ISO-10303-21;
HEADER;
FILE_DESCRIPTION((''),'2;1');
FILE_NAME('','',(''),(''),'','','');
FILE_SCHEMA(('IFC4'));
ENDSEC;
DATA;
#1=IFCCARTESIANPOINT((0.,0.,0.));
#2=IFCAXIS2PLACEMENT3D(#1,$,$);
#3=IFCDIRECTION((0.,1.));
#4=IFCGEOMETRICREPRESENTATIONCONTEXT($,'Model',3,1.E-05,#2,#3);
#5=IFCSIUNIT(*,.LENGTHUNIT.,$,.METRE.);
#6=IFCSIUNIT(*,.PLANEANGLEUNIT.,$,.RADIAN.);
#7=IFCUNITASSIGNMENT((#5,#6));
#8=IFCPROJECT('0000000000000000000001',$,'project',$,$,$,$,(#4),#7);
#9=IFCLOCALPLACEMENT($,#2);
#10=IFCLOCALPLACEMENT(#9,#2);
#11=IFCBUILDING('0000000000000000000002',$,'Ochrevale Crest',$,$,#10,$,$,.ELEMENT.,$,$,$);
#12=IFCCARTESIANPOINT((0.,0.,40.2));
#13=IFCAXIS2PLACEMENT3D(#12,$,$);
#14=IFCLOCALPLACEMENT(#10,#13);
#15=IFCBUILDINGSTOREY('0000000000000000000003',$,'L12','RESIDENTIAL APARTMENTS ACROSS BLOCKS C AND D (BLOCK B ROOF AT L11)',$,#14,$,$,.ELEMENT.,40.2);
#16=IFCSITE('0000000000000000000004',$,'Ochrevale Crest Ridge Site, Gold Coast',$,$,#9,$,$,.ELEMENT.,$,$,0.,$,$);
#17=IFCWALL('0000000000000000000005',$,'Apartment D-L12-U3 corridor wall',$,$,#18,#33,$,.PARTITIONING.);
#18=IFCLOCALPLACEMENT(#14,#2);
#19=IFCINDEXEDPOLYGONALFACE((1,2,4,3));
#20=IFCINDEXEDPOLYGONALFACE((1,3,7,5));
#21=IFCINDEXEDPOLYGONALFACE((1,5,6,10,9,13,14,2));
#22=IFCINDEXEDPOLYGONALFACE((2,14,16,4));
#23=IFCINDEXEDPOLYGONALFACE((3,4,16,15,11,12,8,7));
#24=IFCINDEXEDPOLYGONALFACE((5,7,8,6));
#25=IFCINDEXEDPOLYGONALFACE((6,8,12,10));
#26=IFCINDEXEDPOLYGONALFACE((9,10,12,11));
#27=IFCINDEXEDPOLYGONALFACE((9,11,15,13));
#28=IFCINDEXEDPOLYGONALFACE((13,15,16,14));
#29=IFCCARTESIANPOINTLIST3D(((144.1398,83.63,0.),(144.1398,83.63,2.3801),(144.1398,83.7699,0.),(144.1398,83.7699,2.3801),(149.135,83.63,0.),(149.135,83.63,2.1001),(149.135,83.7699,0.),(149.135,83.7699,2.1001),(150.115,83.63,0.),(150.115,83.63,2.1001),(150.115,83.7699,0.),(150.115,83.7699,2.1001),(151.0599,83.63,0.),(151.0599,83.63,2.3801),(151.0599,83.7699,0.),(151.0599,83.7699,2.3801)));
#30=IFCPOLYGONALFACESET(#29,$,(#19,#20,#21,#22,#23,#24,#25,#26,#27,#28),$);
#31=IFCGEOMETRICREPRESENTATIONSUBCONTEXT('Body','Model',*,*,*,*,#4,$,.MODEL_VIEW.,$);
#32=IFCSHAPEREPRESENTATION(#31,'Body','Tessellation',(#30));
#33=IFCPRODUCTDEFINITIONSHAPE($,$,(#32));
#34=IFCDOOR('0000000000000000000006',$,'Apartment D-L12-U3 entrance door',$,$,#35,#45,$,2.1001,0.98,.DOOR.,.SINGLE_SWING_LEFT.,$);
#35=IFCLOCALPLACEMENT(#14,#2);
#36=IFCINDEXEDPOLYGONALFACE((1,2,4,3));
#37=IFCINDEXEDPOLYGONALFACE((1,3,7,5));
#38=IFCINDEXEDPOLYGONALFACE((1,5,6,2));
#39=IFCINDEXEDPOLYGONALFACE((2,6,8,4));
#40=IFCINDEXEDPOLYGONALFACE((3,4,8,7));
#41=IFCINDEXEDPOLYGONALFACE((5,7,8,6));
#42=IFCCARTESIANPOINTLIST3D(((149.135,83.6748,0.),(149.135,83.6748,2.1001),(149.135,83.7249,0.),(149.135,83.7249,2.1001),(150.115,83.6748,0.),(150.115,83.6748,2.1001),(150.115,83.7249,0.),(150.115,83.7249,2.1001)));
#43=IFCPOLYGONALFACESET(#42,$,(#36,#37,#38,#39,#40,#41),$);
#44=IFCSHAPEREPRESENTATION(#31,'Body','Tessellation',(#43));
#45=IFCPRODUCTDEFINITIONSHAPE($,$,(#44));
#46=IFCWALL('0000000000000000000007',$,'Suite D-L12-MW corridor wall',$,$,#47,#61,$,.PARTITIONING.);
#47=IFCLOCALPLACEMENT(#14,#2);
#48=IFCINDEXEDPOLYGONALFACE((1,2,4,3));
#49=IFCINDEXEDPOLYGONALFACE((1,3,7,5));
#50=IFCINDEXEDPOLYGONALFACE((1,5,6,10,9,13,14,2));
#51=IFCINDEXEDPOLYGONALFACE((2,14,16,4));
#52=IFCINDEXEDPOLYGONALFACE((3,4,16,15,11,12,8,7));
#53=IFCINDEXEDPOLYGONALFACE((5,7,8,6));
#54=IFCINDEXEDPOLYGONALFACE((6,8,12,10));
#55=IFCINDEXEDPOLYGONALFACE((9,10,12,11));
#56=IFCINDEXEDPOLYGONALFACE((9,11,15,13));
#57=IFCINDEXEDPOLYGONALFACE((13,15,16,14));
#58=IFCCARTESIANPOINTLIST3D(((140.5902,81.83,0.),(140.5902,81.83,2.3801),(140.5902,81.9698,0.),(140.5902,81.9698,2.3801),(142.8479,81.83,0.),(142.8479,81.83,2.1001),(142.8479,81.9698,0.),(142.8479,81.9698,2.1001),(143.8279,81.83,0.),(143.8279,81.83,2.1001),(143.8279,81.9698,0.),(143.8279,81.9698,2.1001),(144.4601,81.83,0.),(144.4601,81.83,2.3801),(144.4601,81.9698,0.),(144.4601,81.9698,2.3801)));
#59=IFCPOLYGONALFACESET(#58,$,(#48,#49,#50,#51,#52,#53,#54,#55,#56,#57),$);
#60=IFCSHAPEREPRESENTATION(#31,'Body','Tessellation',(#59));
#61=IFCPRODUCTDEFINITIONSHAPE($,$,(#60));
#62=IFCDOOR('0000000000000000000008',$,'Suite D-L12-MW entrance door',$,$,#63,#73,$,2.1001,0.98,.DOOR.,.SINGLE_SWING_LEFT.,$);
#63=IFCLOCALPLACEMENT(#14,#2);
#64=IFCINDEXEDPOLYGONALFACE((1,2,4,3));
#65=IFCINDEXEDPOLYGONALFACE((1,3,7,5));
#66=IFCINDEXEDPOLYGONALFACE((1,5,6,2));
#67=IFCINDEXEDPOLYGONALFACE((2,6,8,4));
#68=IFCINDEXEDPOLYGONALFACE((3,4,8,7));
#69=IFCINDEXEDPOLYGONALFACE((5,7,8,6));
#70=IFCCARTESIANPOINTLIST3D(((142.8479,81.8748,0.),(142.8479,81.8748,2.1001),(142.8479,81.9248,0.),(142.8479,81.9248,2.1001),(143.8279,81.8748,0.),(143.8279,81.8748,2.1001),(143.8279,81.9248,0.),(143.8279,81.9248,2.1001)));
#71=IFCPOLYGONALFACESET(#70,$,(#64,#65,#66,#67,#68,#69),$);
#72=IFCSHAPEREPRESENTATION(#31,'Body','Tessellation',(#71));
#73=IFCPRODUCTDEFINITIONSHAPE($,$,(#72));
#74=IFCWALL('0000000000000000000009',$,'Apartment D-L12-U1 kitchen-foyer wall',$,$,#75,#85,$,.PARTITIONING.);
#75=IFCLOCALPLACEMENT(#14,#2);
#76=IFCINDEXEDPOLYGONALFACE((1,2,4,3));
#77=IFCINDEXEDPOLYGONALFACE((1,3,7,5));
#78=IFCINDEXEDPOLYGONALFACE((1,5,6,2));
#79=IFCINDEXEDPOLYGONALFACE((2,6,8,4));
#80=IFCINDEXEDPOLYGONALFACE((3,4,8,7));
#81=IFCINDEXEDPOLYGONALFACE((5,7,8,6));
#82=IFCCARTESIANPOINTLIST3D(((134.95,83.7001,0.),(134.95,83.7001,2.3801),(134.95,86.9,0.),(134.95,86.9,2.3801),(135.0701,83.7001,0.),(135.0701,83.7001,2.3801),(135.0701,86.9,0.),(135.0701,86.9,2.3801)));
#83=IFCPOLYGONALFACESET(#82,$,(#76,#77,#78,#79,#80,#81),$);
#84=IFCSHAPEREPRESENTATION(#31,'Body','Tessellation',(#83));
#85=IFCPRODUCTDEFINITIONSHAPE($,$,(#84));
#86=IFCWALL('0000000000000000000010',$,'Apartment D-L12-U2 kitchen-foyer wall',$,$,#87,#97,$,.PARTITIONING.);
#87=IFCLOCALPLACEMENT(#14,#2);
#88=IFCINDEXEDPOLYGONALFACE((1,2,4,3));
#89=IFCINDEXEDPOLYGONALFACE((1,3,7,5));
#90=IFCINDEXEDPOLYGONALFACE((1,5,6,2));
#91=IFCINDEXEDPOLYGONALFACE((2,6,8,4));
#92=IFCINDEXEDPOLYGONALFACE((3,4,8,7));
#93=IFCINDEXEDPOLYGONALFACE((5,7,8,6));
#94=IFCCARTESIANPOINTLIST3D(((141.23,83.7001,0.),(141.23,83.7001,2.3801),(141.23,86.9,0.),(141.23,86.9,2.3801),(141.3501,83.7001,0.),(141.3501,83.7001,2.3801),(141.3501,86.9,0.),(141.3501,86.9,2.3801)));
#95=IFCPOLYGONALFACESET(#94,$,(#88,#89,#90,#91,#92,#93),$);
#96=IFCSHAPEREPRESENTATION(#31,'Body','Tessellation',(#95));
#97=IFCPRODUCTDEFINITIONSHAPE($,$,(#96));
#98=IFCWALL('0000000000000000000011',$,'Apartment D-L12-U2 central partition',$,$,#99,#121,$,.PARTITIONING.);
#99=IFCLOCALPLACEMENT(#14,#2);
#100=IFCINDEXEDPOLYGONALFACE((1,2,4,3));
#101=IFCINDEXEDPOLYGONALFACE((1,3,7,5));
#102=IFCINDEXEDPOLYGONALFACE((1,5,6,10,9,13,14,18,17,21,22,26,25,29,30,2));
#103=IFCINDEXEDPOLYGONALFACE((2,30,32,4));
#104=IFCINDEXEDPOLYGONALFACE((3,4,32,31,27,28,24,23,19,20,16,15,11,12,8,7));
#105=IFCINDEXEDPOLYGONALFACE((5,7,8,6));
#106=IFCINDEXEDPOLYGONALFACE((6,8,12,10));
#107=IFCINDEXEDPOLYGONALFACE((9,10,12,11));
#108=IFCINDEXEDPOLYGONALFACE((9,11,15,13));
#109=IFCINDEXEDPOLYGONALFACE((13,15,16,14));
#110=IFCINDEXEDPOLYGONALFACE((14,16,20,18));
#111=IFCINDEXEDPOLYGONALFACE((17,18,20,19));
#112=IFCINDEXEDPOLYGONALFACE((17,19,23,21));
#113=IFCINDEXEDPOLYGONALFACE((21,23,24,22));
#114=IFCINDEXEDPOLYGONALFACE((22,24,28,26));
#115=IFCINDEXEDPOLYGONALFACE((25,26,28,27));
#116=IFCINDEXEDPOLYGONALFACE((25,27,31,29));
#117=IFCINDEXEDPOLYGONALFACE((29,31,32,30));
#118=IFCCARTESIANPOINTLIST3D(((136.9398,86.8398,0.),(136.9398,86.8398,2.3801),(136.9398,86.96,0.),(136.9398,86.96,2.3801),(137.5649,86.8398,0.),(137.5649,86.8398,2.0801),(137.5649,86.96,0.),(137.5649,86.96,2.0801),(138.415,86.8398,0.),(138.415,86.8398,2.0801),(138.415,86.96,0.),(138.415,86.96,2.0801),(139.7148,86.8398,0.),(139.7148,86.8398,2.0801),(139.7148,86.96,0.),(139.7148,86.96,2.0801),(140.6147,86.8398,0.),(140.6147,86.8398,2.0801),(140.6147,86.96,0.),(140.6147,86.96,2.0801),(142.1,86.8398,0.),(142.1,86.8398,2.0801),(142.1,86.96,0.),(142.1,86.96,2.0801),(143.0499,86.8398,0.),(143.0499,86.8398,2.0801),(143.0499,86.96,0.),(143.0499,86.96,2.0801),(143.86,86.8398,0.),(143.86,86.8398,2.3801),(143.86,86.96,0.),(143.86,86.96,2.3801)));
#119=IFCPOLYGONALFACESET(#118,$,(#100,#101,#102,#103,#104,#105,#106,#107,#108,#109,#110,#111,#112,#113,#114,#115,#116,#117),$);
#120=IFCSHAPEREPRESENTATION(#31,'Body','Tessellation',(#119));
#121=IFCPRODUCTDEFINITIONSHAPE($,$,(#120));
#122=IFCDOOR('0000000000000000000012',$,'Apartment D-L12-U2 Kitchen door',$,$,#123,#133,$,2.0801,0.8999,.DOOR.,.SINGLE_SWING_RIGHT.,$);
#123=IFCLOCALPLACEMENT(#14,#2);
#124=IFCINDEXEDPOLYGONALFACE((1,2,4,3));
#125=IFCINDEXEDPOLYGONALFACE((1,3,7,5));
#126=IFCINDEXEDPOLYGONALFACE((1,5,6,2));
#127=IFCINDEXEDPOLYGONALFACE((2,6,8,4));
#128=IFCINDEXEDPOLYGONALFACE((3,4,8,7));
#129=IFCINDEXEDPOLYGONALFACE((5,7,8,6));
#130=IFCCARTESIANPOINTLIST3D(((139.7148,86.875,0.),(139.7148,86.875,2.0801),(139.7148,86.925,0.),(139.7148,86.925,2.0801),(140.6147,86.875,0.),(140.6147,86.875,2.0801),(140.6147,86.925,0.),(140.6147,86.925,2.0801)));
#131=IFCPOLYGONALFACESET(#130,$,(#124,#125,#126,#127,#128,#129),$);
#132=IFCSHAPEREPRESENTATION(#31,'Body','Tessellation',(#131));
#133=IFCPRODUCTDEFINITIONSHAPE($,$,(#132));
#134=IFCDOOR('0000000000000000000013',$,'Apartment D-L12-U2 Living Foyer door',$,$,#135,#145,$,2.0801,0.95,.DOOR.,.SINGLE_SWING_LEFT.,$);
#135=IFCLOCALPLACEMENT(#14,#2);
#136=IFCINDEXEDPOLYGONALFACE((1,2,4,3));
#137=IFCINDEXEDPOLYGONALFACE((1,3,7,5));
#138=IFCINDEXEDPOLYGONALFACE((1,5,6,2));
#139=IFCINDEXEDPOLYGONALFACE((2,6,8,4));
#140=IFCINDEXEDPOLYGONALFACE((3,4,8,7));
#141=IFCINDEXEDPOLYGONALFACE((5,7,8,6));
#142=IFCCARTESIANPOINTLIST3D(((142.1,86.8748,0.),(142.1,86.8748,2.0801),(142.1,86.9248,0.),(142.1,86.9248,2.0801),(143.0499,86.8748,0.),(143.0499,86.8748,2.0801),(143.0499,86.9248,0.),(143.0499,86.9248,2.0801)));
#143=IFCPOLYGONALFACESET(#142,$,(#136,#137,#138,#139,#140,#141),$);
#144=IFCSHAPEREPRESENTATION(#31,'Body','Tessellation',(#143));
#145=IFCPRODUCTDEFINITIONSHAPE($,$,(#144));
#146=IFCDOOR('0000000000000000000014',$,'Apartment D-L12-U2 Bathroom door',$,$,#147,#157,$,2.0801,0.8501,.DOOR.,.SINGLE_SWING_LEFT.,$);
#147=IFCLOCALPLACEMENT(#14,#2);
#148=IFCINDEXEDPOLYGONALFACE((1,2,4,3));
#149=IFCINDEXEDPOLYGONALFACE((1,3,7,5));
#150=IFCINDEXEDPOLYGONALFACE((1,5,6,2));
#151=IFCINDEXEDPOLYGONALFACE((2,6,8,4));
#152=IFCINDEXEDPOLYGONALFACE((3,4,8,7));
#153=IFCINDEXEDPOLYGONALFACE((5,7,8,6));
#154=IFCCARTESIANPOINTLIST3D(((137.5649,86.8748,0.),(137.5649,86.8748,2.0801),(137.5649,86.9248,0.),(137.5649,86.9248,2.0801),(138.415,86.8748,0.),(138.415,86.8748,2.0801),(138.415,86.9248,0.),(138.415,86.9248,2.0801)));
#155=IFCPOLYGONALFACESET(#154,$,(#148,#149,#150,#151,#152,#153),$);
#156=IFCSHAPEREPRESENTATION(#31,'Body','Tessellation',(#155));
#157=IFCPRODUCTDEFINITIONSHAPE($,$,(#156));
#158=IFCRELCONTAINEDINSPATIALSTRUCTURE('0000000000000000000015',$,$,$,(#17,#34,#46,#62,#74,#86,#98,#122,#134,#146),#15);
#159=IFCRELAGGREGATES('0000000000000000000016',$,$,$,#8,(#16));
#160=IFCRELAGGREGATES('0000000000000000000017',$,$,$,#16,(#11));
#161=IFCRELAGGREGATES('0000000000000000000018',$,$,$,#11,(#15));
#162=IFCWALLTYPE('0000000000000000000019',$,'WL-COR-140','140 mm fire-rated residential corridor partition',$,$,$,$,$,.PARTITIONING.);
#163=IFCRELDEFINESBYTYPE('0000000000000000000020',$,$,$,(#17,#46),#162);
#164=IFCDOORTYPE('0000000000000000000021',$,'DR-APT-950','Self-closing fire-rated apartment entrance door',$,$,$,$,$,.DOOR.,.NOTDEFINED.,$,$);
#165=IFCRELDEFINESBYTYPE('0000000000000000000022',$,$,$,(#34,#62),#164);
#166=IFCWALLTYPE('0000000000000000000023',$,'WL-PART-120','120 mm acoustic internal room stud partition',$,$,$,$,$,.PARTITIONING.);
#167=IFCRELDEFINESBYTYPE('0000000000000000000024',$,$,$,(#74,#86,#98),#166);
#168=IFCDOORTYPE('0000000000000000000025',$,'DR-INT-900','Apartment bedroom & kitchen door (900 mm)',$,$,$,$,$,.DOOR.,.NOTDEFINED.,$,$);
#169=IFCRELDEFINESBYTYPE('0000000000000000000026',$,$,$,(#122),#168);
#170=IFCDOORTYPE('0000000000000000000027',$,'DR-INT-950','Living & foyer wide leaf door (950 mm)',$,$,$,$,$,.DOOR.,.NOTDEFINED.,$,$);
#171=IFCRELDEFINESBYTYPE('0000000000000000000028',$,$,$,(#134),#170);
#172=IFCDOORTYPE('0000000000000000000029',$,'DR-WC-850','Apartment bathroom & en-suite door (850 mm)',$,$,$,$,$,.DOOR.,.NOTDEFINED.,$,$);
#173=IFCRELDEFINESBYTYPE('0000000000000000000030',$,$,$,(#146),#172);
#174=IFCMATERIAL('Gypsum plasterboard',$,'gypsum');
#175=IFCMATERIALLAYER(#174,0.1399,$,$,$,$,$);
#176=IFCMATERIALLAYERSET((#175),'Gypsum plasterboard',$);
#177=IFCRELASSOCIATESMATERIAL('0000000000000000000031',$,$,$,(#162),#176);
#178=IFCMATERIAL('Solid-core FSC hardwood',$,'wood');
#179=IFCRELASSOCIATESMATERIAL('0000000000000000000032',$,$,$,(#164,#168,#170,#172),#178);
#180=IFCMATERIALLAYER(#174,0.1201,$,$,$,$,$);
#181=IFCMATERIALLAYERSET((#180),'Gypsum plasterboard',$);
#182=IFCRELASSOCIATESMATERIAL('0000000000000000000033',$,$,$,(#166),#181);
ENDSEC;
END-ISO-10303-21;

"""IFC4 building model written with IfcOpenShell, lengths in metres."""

from ifc_helpers import new_model, si_unit, direction, frame, frame_2d, origin, place, context, subcontext, project, spatial, rectangle, extrude, material, layer, layer_set, type_object, element, fill, save


model = new_model("IFC4")

# Units and contexts
model_context = context("Model", 3, precision=1e-05, world=origin(), true_north=direction((0.0, 1.0)))
body_context = subcontext(model_context, "Body", "Model", "MODEL_VIEW")
ifc_project = project(units=[si_unit("LENGTHUNIT", "METRE"), si_unit("PLANEANGLEUNIT", "RADIAN")], contexts=[model_context])

# Site, building, storey
site_placement = place(None, origin())
site = spatial("IfcSite", under=ifc_project, at=site_placement, Name="Ochrevale Crest Ridge Site, Gold Coast", CompositionType="ELEMENT", RefElevation=0.0)
building_placement = place(site_placement, origin())
building = spatial("IfcBuilding", under=site, at=building_placement, Name="Ochrevale Crest", CompositionType="ELEMENT")
storey_placement = place(building_placement, frame((0.0, 0.0, 40.2)))
storey = spatial("IfcBuildingStorey", under=building, at=storey_placement, Name="L12", Description="RESIDENTIAL APARTMENTS ACROSS BLOCKS C AND D (BLOCK B ROOF AT L11)", CompositionType="ELEMENT", Elevation=40.2)

# Walls, openings, doors
ifc_material_1 = material(Name="Gypsum plasterboard", Category="gypsum")
ifc_layer_1 = layer(ifc_material_1, 0.1399)
ifc_layer_set_1 = layer_set([ifc_layer_1], Name="Gypsum plasterboard")
wall_type_1 = type_object("IfcWallType", Name="WL-COR-140", Description="140 mm fire-rated residential corridor partition", PredefinedType="PARTITIONING", material=ifc_layer_set_1)
ifc_material_2 = material(Name="Solid-core FSC hardwood", Category="wood")
door_type_1 = type_object("IfcDoorType", Name="DR-APT-950", Description="Self-closing fire-rated apartment entrance door", OperationType="NOTDEFINED", PredefinedType="DOOR", material=ifc_material_2)
wall_1_placement = place(storey_placement, frame((144.1399, 83.7, 0.0), z_axis=(0.0, 0.0, 1.0), x_axis=(1.0, 0.0, 0.0)))
wall_1 = element("IfcWall", 1, at=wall_1_placement, inside=storey, type_object=wall_type_1, Name="Apartment D-L12-U3 corridor wall", PredefinedType="PARTITIONING", context=body_context, shape_type="SweptSolid", body=[
    extrude(rectangle(XDim=6.9202, YDim=0.1399, at=frame_2d((3.46, 0.0))), origin(), (0.0, 0.0, 1.0), 2.3801),
])
opening_1_placement = place(wall_1_placement, frame((4.9951, 0.0, 0.0)))
opening_1 = element("IfcOpeningElement", 2, at=opening_1_placement, cuts=wall_1, PredefinedType="OPENING", context=body_context, shape_type="SweptSolid", body=[
    extrude(rectangle(XDim=0.98, YDim=2.1001, at=frame_2d((0.49, 1.05))), frame((0.0, 0.0801, 0.0), z_axis=(0.0, -1.0, 0.0), x_axis=(1.0, 0.0, 0.0)), (0.0, 0.0, 1.0), 0.1599),
])
door_1_placement = place(opening_1_placement, origin())
door_1 = element("IfcDoor", 3, at=door_1_placement, inside=storey, type_object=door_type_1, Name="Apartment D-L12-U3 entrance door", OperationType="SINGLE_SWING_LEFT", OverallHeight=2.1001, OverallWidth=0.98, PredefinedType="DOOR", context=body_context, shape_type="SweptSolid", body=[
    extrude(rectangle(XDim=0.98, YDim=2.1001, at=frame_2d((0.49, 1.05))), frame((0.0, 0.0249, 0.0), z_axis=(0.0, -1.0, 0.0), x_axis=(1.0, 0.0, 0.0)), (0.0, 0.0, 1.0), 0.05),
])
fill(opening_1, door_1)
wall_2_placement = place(storey_placement, frame((140.5901, 81.8999, 0.0), z_axis=(0.0, 0.0, 1.0), x_axis=(1.0, 0.0, 0.0)))
wall_2 = element("IfcWall", 4, at=wall_2_placement, inside=storey, type_object=wall_type_1, Name="Suite D-L12-MW corridor wall", PredefinedType="PARTITIONING", context=body_context, shape_type="SweptSolid", body=[
    extrude(rectangle(XDim=3.8699, YDim=0.1399, at=frame_2d((1.9351, 0.0))), origin(), (0.0, 0.0, 1.0), 2.3801),
])
opening_2_placement = place(wall_2_placement, frame((2.2578, 0.0, 0.0)))
opening_2 = element("IfcOpeningElement", 5, at=opening_2_placement, cuts=wall_2, PredefinedType="OPENING", context=body_context, shape_type="SweptSolid", body=[
    extrude(rectangle(XDim=0.98, YDim=2.1001, at=frame_2d((0.49, 1.05))), frame((0.0, 0.0801, 0.0), z_axis=(0.0, -1.0, 0.0), x_axis=(1.0, 0.0, 0.0)), (0.0, 0.0, 1.0), 0.1599),
])
door_2_placement = place(opening_2_placement, origin())
door_2 = element("IfcDoor", 6, at=door_2_placement, inside=storey, type_object=door_type_1, Name="Suite D-L12-MW entrance door", OperationType="SINGLE_SWING_LEFT", OverallHeight=2.1001, OverallWidth=0.98, PredefinedType="DOOR", context=body_context, shape_type="SweptSolid", body=[
    extrude(rectangle(XDim=0.98, YDim=2.1001, at=frame_2d((0.49, 1.05))), frame((0.0, 0.0249, 0.0), z_axis=(0.0, -1.0, 0.0), x_axis=(1.0, 0.0, 0.0)), (0.0, 0.0, 1.0), 0.05),
])
fill(opening_2, door_2)

# Walls
ifc_layer_2 = layer(ifc_material_1, 0.1201)
ifc_layer_set_2 = layer_set([ifc_layer_2], Name="Gypsum plasterboard")
wall_type_2 = type_object("IfcWallType", Name="WL-PART-120", Description="120 mm acoustic internal room stud partition", PredefinedType="PARTITIONING", material=ifc_layer_set_2)
for number, where, z_axis, x_axis, name in (
    (7, (135.01, 83.7, 0.0), (0.0, 0.0, 1.0), (0.0, 1.0, 0.0), "Apartment D-L12-U1 kitchen-foyer wall"),
    (8, (141.29, 83.7, 0.0), (0.0, 0.0, 1.0), (0.0, 1.0, 0.0), "Apartment D-L12-U2 kitchen-foyer wall"),
):
    element("IfcWall", number, at=place(storey_placement, frame(where, z_axis=z_axis, x_axis=x_axis)), inside=storey, type_object=wall_type_2, Name=name, PredefinedType="PARTITIONING", context=body_context, shape_type="SweptSolid", body=[
        extrude(rectangle(XDim=3.2, YDim=0.1201, at=frame_2d((1.6001, 0.0))), origin(), (0.0, 0.0, 1.0), 2.3801),
    ])

# Wall, openings, doors
wall_3_placement = place(storey_placement, frame((136.9399, 86.8999, 0.0), z_axis=(0.0, 0.0, 1.0), x_axis=(1.0, 0.0, 0.0)))
wall_3 = element("IfcWall", 9, at=wall_3_placement, inside=storey, type_object=wall_type_2, Name="Apartment D-L12-U2 central partition", PredefinedType="PARTITIONING", context=body_context, shape_type="SweptSolid", body=[
    extrude(rectangle(XDim=6.9202, YDim=0.1201, at=frame_2d((3.46, 0.0))), origin(), (0.0, 0.0, 1.0), 2.3801),
])
opening_3_placement = place(wall_3_placement, frame((0.625, 0.0, 0.0)))
opening_3 = element("IfcOpeningElement", 10, at=opening_3_placement, cuts=wall_3, PredefinedType="OPENING", context=body_context, shape_type="SweptSolid", body=[
    extrude(rectangle(XDim=0.8501, YDim=2.0801, at=frame_2d((0.425, 1.04))), frame((0.0, 0.0701, 0.0), z_axis=(0.0, -1.0, 0.0), x_axis=(1.0, 0.0, 0.0)), (0.0, 0.0, 1.0), 0.1401),
])
opening_4_placement = place(wall_3_placement, frame((3.6748, 0.0, 0.0), z_axis=(0.0, 0.0, 1.0), x_axis=(-1.0, 0.0, 0.0)))
opening_4 = element("IfcOpeningElement", 11, at=opening_4_placement, cuts=wall_3, PredefinedType="OPENING", context=body_context, shape_type="SweptSolid", body=[
    extrude(rectangle(XDim=0.8999, YDim=2.0801, at=frame_2d((0.45, 1.04))), frame((0.0, 0.0701, 0.0), z_axis=(0.0, -1.0, 0.0), x_axis=(1.0, 0.0, 0.0)), (0.0, 0.0, 1.0), 0.1401),
])
opening_5_placement = place(wall_3_placement, frame((5.1599, 0.0, 0.0)))
opening_5 = element("IfcOpeningElement", 12, at=opening_5_placement, cuts=wall_3, PredefinedType="OPENING", context=body_context, shape_type="SweptSolid", body=[
    extrude(rectangle(XDim=0.95, YDim=2.0801, at=frame_2d((0.4751, 1.04))), frame((0.0, 0.0701, 0.0), z_axis=(0.0, -1.0, 0.0), x_axis=(1.0, 0.0, 0.0)), (0.0, 0.0, 1.0), 0.1401),
])
door_type_2 = type_object("IfcDoorType", Name="DR-INT-900", Description="Apartment bedroom & kitchen door (900 mm)", OperationType="NOTDEFINED", PredefinedType="DOOR", material=ifc_material_2)
door_3_placement = place(opening_4_placement, origin())
door_3 = element("IfcDoor", 13, at=door_3_placement, inside=storey, type_object=door_type_2, Name="Apartment D-L12-U2 Kitchen door", OperationType="SINGLE_SWING_RIGHT", OverallHeight=2.0801, OverallWidth=0.8999, PredefinedType="DOOR", context=body_context, shape_type="SweptSolid", body=[
    extrude(rectangle(XDim=0.8999, YDim=2.0801, at=frame_2d((0.45, 1.04))), frame((0.0, 0.0249, 0.0), z_axis=(0.0, -1.0, 0.0), x_axis=(1.0, 0.0, 0.0)), (0.0, 0.0, 1.0), 0.05),
])
fill(opening_4, door_3)
door_type_3 = type_object("IfcDoorType", Name="DR-INT-950", Description="Living & foyer wide leaf door (950 mm)", OperationType="NOTDEFINED", PredefinedType="DOOR", material=ifc_material_2)
door_4_placement = place(opening_5_placement, origin())
door_4 = element("IfcDoor", 14, at=door_4_placement, inside=storey, type_object=door_type_3, Name="Apartment D-L12-U2 Living Foyer door", OperationType="SINGLE_SWING_LEFT", OverallHeight=2.0801, OverallWidth=0.95, PredefinedType="DOOR", context=body_context, shape_type="SweptSolid", body=[
    extrude(rectangle(XDim=0.95, YDim=2.0801, at=frame_2d((0.4751, 1.04))), frame((0.0, 0.0249, 0.0), z_axis=(0.0, -1.0, 0.0), x_axis=(1.0, 0.0, 0.0)), (0.0, 0.0, 1.0), 0.05),
])
fill(opening_5, door_4)
door_type_4 = type_object("IfcDoorType", Name="DR-WC-850", Description="Apartment bathroom & en-suite door (850 mm)", OperationType="NOTDEFINED", PredefinedType="DOOR", material=ifc_material_2)
door_5_placement = place(opening_3_placement, origin())
door_5 = element("IfcDoor", 15, at=door_5_placement, inside=storey, type_object=door_type_4, Name="Apartment D-L12-U2 Bathroom door", OperationType="SINGLE_SWING_LEFT", OverallHeight=2.0801, OverallWidth=0.8501, PredefinedType="DOOR", context=body_context, shape_type="SweptSolid", body=[
    extrude(rectangle(XDim=0.8501, YDim=2.0801, at=frame_2d((0.425, 1.04))), frame((0.0, 0.0249, 0.0), z_axis=(0.0, -1.0, 0.0), x_axis=(1.0, 0.0, 0.0)), (0.0, 0.0, 1.0), 0.05),
])
fill(opening_3, door_5)

save(model, "model.ifc")
